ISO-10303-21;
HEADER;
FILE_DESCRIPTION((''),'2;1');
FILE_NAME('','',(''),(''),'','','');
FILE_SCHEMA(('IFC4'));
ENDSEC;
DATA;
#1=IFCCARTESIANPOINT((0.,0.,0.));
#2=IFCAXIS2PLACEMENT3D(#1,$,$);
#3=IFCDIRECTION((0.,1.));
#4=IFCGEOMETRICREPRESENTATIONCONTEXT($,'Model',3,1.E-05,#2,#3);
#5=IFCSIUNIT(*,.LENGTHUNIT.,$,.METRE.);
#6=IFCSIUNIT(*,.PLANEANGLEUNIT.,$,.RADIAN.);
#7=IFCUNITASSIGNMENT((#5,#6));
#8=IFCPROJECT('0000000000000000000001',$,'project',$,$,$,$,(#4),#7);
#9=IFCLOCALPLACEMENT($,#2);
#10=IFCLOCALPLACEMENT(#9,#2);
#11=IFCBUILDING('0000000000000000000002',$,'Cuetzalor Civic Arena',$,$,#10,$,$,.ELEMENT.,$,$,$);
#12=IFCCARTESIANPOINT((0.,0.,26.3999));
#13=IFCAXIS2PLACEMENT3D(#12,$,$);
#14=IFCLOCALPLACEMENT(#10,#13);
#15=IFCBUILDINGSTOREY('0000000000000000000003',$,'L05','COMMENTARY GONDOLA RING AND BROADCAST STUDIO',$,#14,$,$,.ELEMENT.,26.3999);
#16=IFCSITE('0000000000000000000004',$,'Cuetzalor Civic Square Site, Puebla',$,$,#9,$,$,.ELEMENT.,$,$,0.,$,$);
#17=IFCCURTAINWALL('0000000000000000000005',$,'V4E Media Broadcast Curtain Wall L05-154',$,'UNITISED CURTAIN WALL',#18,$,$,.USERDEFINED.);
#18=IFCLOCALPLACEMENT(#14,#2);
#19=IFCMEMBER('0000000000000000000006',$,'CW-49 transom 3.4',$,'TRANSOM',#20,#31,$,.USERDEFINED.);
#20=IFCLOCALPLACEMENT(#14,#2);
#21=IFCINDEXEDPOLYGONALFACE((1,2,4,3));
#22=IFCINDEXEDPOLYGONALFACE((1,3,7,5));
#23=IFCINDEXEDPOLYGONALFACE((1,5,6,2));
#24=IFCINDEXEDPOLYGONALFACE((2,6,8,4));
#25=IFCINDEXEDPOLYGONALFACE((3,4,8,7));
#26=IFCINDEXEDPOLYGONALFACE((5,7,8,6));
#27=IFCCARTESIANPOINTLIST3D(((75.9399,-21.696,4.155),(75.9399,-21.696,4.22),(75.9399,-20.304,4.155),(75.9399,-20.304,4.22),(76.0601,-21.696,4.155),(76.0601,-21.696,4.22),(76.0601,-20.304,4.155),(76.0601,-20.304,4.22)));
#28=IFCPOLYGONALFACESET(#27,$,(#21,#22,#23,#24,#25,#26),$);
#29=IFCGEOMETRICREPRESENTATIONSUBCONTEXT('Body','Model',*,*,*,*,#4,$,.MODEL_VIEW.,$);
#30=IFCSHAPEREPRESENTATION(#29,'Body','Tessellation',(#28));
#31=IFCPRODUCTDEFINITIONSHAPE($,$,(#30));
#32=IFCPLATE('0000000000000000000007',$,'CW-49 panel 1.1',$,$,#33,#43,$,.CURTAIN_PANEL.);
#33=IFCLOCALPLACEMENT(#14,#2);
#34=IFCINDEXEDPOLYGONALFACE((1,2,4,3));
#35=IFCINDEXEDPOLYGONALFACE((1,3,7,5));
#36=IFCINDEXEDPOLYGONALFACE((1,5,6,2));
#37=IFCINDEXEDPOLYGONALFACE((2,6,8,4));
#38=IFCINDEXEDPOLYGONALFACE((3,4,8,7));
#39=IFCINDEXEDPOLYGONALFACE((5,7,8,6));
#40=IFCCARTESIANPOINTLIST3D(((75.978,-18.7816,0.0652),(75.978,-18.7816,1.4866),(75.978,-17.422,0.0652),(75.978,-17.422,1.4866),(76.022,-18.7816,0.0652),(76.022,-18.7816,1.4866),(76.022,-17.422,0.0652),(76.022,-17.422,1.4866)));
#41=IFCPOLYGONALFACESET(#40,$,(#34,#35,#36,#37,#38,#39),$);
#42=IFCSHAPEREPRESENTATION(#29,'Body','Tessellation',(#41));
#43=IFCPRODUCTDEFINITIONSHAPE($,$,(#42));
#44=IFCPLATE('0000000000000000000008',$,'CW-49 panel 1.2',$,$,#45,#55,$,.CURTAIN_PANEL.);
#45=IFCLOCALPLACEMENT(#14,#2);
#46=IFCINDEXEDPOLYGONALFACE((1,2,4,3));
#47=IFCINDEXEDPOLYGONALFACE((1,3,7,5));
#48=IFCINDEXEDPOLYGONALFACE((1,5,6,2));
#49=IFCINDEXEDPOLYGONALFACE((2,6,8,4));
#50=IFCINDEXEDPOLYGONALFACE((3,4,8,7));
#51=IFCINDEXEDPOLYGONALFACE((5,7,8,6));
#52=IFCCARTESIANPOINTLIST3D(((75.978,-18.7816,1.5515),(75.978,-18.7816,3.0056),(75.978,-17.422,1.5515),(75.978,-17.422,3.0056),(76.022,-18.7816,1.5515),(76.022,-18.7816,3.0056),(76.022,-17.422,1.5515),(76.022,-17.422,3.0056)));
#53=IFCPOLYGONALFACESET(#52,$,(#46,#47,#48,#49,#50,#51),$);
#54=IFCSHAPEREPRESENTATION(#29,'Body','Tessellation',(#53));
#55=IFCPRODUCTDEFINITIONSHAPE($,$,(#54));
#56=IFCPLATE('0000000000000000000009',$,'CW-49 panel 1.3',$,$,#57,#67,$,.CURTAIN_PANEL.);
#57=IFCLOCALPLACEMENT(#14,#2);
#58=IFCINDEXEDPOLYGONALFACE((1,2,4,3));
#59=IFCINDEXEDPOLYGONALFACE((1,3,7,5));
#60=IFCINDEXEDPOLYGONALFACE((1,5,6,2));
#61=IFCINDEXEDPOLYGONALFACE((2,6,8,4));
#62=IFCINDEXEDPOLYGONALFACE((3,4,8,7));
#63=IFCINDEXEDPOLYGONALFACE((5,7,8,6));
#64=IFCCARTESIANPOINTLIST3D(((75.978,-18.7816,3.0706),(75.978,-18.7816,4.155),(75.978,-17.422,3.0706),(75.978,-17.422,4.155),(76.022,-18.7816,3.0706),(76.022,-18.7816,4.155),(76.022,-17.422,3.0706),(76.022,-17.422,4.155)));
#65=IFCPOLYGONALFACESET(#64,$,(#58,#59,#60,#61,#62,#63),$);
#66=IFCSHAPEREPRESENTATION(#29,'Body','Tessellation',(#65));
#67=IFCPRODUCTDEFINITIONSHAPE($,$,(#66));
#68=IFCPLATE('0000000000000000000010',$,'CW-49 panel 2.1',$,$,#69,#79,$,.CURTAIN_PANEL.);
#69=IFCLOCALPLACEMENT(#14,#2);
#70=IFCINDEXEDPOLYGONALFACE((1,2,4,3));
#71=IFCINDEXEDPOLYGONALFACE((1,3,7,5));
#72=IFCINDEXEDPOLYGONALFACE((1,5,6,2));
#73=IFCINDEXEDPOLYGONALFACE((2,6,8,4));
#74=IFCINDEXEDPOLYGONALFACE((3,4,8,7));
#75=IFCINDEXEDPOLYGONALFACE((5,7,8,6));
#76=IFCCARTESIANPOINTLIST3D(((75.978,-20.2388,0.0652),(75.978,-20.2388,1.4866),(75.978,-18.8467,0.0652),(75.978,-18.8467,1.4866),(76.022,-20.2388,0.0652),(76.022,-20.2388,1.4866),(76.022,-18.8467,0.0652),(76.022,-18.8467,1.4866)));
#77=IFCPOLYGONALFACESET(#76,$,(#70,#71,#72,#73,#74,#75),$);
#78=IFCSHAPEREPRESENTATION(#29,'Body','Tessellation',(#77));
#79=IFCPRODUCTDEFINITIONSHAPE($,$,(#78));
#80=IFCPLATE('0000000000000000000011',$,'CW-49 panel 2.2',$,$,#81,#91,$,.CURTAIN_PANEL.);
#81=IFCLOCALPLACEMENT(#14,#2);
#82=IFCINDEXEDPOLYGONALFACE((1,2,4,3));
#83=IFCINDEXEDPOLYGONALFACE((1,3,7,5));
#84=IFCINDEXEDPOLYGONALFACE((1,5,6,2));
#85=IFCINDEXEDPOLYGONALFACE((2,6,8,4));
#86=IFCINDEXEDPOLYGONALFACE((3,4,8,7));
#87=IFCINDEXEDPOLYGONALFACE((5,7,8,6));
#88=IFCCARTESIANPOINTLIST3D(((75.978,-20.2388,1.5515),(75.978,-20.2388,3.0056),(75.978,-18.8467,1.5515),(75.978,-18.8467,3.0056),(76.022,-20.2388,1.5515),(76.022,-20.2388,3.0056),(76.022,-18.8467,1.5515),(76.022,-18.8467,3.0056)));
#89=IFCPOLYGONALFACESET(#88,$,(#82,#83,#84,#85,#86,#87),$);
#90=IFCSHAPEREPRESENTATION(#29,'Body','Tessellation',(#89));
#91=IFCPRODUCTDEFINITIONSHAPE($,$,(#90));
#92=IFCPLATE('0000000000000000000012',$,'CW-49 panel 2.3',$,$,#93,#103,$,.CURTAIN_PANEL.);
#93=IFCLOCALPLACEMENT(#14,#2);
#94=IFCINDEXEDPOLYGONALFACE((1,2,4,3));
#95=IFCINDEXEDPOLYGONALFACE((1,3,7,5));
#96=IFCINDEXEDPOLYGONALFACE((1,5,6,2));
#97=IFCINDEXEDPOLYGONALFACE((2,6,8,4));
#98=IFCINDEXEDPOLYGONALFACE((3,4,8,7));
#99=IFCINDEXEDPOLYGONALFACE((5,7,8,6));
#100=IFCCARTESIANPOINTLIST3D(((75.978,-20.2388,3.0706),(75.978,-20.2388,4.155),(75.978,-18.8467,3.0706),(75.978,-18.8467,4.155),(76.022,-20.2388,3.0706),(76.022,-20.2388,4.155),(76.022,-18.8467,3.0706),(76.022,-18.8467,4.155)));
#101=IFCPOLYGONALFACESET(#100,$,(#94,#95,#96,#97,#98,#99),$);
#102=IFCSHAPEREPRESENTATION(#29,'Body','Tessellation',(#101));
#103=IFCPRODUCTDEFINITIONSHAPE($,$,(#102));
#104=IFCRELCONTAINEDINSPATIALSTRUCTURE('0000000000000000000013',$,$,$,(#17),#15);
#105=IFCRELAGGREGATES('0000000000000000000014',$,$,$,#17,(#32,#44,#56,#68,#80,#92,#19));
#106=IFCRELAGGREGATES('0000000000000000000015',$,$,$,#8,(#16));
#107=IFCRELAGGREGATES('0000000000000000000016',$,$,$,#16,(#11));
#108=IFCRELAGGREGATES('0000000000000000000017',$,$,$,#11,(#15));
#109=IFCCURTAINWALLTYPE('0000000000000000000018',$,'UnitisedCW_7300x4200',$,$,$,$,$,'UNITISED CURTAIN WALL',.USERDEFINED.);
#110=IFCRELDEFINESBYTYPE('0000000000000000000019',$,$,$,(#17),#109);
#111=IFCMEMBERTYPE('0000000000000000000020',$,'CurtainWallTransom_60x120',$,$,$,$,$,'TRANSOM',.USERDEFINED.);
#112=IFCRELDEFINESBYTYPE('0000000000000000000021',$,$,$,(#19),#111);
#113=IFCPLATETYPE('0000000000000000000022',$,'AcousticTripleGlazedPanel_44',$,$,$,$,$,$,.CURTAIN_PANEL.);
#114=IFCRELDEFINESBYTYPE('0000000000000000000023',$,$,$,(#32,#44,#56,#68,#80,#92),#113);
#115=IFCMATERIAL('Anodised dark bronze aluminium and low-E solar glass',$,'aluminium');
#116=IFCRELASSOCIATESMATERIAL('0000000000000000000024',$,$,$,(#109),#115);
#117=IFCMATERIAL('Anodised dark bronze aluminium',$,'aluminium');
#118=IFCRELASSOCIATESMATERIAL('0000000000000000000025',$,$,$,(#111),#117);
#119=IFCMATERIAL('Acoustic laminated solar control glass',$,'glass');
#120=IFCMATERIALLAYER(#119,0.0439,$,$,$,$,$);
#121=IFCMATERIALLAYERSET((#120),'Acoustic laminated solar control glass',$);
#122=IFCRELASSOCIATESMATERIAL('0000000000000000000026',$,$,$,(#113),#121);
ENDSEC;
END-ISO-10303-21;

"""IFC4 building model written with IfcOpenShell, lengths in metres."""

from ifc_helpers import new_model, si_unit, direction, frame, origin, origin_2d, place, context, subcontext, project, spatial, rectangle, extrude, material, layer, layer_set, material_profile, profile_set, type_object, element, aggregate, save


model = new_model("IFC4")

# Units and contexts
model_context = context("Model", 3, precision=1e-05, world=origin(), true_north=direction((0.0, 1.0)))
body_context = subcontext(model_context, "Body", "Model", "MODEL_VIEW")
ifc_project = project(units=[si_unit("LENGTHUNIT", "METRE"), si_unit("PLANEANGLEUNIT", "RADIAN")], contexts=[model_context])

# Site, building, storey
site_placement = place(None, origin())
site = spatial("IfcSite", under=ifc_project, at=site_placement, Name="Cuetzalor Civic Square Site, Puebla", CompositionType="ELEMENT", RefElevation=0.0)
building_placement = place(site_placement, origin())
building = spatial("IfcBuilding", under=site, at=building_placement, Name="Cuetzalor Civic Arena", CompositionType="ELEMENT")
storey_placement = place(building_placement, frame((0.0, 0.0, 26.3999)))
storey = spatial("IfcBuildingStorey", under=building, at=storey_placement, Name="L05", Description="COMMENTARY GONDOLA RING AND BROADCAST STUDIO", CompositionType="ELEMENT", Elevation=26.3999)

# Curtain wall, member, plates
ifc_material_1 = material(Name="Anodised dark bronze aluminium and low-E solar glass", Category="aluminium")
curtain_wall_type = type_object("IfcCurtainWallType", Name="UnitisedCW_7300x4200", ElementType="UNITISED CURTAIN WALL", PredefinedType="USERDEFINED", material=ifc_material_1)
curtain_wall_placement = place(storey_placement, origin())
curtain_wall = element("IfcCurtainWall", 1, at=curtain_wall_placement, inside=storey, type_object=curtain_wall_type, Name="V4E Media Broadcast Curtain Wall L05-154", ObjectType="UNITISED CURTAIN WALL", PredefinedType="USERDEFINED")
ifc_material_2 = material(Name="Anodised dark bronze aluminium", Category="aluminium")
ifc_material_profile_1 = material_profile(ifc_material_2, rectangle(XDim=0.1201, YDim=0.0649, at=origin_2d()), Name="ALU TRANSOM 65x120")
ifc_profile_set_1 = profile_set([ifc_material_profile_1], Name="Anodised dark bronze aluminium")
member_type_1 = type_object("IfcMemberType", Name="CurtainWallTransom_60x120", ElementType="TRANSOM", PredefinedType="USERDEFINED", material=ifc_profile_set_1)
member_1_placement = place(storey_placement, frame((76.0, -20.304, 4.1875), z_axis=(0.0, -1.0, 0.0), x_axis=(1.0, 0.0, 0.0)))
member_1 = element("IfcMember", 2, at=member_1_placement, type_object=member_type_1, Name="CW-49 transom 3.4", ObjectType="TRANSOM", PredefinedType="USERDEFINED", context=body_context, shape_type="SweptSolid", body=[
    extrude(rectangle(XDim=0.1201, YDim=0.0649, at=origin_2d()), origin(), (0.0, 0.0, 1.0), 1.3921),
])
ifc_material_3 = material(Name="Acoustic laminated solar control glass", Category="glass")
ifc_layer = layer(ifc_material_3, 0.0439)
ifc_layer_set = layer_set([ifc_layer], Name="Acoustic laminated solar control glass")
plate_type = type_object("IfcPlateType", Name="AcousticTripleGlazedPanel_44", PredefinedType="CURTAIN_PANEL", material=ifc_layer_set)
plate_1_placement = place(storey_placement, frame((76.0, -18.1018, 0.0652), z_axis=(0.0, 0.0, 1.0), x_axis=(0.0, -1.0, 0.0)))
plate_1 = element("IfcPlate", 3, at=plate_1_placement, type_object=plate_type, Name="CW-49 panel 1.1", PredefinedType="CURTAIN_PANEL", context=body_context, shape_type="SweptSolid", body=[
    extrude(rectangle(XDim=1.3596, YDim=0.0439, at=origin_2d()), origin(), (0.0, 0.0, 1.0), 1.4214),
])
plate_2_placement = place(storey_placement, frame((76.0, -18.1018, 1.5515), z_axis=(0.0, 0.0, 1.0), x_axis=(0.0, -1.0, 0.0)))
plate_2 = element("IfcPlate", 4, at=plate_2_placement, type_object=plate_type, Name="CW-49 panel 1.2", PredefinedType="CURTAIN_PANEL", context=body_context, shape_type="SweptSolid", body=[
    extrude(rectangle(XDim=1.3596, YDim=0.0439, at=origin_2d()), origin(), (0.0, 0.0, 1.0), 1.4541),
])
plate_3_placement = place(storey_placement, frame((76.0, -18.1018, 3.0706), z_axis=(0.0, 0.0, 1.0), x_axis=(0.0, -1.0, 0.0)))
plate_3 = element("IfcPlate", 5, at=plate_3_placement, type_object=plate_type, Name="CW-49 panel 1.3", PredefinedType="CURTAIN_PANEL", context=body_context, shape_type="SweptSolid", body=[
    extrude(rectangle(XDim=1.3596, YDim=0.0439, at=origin_2d()), origin(), (0.0, 0.0, 1.0), 1.0845),
])
plate_4_placement = place(storey_placement, frame((76.0, -19.5427, 0.0652), z_axis=(0.0, 0.0, 1.0), x_axis=(0.0, -1.0, 0.0)))
plate_4 = element("IfcPlate", 6, at=plate_4_placement, type_object=plate_type, Name="CW-49 panel 2.1", PredefinedType="CURTAIN_PANEL", context=body_context, shape_type="SweptSolid", body=[
    extrude(rectangle(XDim=1.3921, YDim=0.0439, at=origin_2d()), origin(), (0.0, 0.0, 1.0), 1.4214),
])
plate_5_placement = place(storey_placement, frame((76.0, -19.5427, 1.5515), z_axis=(0.0, 0.0, 1.0), x_axis=(0.0, -1.0, 0.0)))
plate_5 = element("IfcPlate", 7, at=plate_5_placement, type_object=plate_type, Name="CW-49 panel 2.2", PredefinedType="CURTAIN_PANEL", context=body_context, shape_type="SweptSolid", body=[
    extrude(rectangle(XDim=1.3921, YDim=0.0439, at=origin_2d()), origin(), (0.0, 0.0, 1.0), 1.4541),
])
plate_6_placement = place(storey_placement, frame((76.0, -19.5427, 3.0706), z_axis=(0.0, 0.0, 1.0), x_axis=(0.0, -1.0, 0.0)))
plate_6 = element("IfcPlate", 8, at=plate_6_placement, type_object=plate_type, Name="CW-49 panel 2.3", PredefinedType="CURTAIN_PANEL", context=body_context, shape_type="SweptSolid", body=[
    extrude(rectangle(XDim=1.3921, YDim=0.0439, at=origin_2d()), origin(), (0.0, 0.0, 1.0), 1.0845),
])
aggregate(curtain_wall, [plate_1, plate_2, plate_3, plate_4, plate_5, plate_6, member_1])

save(model, "model.ifc")
